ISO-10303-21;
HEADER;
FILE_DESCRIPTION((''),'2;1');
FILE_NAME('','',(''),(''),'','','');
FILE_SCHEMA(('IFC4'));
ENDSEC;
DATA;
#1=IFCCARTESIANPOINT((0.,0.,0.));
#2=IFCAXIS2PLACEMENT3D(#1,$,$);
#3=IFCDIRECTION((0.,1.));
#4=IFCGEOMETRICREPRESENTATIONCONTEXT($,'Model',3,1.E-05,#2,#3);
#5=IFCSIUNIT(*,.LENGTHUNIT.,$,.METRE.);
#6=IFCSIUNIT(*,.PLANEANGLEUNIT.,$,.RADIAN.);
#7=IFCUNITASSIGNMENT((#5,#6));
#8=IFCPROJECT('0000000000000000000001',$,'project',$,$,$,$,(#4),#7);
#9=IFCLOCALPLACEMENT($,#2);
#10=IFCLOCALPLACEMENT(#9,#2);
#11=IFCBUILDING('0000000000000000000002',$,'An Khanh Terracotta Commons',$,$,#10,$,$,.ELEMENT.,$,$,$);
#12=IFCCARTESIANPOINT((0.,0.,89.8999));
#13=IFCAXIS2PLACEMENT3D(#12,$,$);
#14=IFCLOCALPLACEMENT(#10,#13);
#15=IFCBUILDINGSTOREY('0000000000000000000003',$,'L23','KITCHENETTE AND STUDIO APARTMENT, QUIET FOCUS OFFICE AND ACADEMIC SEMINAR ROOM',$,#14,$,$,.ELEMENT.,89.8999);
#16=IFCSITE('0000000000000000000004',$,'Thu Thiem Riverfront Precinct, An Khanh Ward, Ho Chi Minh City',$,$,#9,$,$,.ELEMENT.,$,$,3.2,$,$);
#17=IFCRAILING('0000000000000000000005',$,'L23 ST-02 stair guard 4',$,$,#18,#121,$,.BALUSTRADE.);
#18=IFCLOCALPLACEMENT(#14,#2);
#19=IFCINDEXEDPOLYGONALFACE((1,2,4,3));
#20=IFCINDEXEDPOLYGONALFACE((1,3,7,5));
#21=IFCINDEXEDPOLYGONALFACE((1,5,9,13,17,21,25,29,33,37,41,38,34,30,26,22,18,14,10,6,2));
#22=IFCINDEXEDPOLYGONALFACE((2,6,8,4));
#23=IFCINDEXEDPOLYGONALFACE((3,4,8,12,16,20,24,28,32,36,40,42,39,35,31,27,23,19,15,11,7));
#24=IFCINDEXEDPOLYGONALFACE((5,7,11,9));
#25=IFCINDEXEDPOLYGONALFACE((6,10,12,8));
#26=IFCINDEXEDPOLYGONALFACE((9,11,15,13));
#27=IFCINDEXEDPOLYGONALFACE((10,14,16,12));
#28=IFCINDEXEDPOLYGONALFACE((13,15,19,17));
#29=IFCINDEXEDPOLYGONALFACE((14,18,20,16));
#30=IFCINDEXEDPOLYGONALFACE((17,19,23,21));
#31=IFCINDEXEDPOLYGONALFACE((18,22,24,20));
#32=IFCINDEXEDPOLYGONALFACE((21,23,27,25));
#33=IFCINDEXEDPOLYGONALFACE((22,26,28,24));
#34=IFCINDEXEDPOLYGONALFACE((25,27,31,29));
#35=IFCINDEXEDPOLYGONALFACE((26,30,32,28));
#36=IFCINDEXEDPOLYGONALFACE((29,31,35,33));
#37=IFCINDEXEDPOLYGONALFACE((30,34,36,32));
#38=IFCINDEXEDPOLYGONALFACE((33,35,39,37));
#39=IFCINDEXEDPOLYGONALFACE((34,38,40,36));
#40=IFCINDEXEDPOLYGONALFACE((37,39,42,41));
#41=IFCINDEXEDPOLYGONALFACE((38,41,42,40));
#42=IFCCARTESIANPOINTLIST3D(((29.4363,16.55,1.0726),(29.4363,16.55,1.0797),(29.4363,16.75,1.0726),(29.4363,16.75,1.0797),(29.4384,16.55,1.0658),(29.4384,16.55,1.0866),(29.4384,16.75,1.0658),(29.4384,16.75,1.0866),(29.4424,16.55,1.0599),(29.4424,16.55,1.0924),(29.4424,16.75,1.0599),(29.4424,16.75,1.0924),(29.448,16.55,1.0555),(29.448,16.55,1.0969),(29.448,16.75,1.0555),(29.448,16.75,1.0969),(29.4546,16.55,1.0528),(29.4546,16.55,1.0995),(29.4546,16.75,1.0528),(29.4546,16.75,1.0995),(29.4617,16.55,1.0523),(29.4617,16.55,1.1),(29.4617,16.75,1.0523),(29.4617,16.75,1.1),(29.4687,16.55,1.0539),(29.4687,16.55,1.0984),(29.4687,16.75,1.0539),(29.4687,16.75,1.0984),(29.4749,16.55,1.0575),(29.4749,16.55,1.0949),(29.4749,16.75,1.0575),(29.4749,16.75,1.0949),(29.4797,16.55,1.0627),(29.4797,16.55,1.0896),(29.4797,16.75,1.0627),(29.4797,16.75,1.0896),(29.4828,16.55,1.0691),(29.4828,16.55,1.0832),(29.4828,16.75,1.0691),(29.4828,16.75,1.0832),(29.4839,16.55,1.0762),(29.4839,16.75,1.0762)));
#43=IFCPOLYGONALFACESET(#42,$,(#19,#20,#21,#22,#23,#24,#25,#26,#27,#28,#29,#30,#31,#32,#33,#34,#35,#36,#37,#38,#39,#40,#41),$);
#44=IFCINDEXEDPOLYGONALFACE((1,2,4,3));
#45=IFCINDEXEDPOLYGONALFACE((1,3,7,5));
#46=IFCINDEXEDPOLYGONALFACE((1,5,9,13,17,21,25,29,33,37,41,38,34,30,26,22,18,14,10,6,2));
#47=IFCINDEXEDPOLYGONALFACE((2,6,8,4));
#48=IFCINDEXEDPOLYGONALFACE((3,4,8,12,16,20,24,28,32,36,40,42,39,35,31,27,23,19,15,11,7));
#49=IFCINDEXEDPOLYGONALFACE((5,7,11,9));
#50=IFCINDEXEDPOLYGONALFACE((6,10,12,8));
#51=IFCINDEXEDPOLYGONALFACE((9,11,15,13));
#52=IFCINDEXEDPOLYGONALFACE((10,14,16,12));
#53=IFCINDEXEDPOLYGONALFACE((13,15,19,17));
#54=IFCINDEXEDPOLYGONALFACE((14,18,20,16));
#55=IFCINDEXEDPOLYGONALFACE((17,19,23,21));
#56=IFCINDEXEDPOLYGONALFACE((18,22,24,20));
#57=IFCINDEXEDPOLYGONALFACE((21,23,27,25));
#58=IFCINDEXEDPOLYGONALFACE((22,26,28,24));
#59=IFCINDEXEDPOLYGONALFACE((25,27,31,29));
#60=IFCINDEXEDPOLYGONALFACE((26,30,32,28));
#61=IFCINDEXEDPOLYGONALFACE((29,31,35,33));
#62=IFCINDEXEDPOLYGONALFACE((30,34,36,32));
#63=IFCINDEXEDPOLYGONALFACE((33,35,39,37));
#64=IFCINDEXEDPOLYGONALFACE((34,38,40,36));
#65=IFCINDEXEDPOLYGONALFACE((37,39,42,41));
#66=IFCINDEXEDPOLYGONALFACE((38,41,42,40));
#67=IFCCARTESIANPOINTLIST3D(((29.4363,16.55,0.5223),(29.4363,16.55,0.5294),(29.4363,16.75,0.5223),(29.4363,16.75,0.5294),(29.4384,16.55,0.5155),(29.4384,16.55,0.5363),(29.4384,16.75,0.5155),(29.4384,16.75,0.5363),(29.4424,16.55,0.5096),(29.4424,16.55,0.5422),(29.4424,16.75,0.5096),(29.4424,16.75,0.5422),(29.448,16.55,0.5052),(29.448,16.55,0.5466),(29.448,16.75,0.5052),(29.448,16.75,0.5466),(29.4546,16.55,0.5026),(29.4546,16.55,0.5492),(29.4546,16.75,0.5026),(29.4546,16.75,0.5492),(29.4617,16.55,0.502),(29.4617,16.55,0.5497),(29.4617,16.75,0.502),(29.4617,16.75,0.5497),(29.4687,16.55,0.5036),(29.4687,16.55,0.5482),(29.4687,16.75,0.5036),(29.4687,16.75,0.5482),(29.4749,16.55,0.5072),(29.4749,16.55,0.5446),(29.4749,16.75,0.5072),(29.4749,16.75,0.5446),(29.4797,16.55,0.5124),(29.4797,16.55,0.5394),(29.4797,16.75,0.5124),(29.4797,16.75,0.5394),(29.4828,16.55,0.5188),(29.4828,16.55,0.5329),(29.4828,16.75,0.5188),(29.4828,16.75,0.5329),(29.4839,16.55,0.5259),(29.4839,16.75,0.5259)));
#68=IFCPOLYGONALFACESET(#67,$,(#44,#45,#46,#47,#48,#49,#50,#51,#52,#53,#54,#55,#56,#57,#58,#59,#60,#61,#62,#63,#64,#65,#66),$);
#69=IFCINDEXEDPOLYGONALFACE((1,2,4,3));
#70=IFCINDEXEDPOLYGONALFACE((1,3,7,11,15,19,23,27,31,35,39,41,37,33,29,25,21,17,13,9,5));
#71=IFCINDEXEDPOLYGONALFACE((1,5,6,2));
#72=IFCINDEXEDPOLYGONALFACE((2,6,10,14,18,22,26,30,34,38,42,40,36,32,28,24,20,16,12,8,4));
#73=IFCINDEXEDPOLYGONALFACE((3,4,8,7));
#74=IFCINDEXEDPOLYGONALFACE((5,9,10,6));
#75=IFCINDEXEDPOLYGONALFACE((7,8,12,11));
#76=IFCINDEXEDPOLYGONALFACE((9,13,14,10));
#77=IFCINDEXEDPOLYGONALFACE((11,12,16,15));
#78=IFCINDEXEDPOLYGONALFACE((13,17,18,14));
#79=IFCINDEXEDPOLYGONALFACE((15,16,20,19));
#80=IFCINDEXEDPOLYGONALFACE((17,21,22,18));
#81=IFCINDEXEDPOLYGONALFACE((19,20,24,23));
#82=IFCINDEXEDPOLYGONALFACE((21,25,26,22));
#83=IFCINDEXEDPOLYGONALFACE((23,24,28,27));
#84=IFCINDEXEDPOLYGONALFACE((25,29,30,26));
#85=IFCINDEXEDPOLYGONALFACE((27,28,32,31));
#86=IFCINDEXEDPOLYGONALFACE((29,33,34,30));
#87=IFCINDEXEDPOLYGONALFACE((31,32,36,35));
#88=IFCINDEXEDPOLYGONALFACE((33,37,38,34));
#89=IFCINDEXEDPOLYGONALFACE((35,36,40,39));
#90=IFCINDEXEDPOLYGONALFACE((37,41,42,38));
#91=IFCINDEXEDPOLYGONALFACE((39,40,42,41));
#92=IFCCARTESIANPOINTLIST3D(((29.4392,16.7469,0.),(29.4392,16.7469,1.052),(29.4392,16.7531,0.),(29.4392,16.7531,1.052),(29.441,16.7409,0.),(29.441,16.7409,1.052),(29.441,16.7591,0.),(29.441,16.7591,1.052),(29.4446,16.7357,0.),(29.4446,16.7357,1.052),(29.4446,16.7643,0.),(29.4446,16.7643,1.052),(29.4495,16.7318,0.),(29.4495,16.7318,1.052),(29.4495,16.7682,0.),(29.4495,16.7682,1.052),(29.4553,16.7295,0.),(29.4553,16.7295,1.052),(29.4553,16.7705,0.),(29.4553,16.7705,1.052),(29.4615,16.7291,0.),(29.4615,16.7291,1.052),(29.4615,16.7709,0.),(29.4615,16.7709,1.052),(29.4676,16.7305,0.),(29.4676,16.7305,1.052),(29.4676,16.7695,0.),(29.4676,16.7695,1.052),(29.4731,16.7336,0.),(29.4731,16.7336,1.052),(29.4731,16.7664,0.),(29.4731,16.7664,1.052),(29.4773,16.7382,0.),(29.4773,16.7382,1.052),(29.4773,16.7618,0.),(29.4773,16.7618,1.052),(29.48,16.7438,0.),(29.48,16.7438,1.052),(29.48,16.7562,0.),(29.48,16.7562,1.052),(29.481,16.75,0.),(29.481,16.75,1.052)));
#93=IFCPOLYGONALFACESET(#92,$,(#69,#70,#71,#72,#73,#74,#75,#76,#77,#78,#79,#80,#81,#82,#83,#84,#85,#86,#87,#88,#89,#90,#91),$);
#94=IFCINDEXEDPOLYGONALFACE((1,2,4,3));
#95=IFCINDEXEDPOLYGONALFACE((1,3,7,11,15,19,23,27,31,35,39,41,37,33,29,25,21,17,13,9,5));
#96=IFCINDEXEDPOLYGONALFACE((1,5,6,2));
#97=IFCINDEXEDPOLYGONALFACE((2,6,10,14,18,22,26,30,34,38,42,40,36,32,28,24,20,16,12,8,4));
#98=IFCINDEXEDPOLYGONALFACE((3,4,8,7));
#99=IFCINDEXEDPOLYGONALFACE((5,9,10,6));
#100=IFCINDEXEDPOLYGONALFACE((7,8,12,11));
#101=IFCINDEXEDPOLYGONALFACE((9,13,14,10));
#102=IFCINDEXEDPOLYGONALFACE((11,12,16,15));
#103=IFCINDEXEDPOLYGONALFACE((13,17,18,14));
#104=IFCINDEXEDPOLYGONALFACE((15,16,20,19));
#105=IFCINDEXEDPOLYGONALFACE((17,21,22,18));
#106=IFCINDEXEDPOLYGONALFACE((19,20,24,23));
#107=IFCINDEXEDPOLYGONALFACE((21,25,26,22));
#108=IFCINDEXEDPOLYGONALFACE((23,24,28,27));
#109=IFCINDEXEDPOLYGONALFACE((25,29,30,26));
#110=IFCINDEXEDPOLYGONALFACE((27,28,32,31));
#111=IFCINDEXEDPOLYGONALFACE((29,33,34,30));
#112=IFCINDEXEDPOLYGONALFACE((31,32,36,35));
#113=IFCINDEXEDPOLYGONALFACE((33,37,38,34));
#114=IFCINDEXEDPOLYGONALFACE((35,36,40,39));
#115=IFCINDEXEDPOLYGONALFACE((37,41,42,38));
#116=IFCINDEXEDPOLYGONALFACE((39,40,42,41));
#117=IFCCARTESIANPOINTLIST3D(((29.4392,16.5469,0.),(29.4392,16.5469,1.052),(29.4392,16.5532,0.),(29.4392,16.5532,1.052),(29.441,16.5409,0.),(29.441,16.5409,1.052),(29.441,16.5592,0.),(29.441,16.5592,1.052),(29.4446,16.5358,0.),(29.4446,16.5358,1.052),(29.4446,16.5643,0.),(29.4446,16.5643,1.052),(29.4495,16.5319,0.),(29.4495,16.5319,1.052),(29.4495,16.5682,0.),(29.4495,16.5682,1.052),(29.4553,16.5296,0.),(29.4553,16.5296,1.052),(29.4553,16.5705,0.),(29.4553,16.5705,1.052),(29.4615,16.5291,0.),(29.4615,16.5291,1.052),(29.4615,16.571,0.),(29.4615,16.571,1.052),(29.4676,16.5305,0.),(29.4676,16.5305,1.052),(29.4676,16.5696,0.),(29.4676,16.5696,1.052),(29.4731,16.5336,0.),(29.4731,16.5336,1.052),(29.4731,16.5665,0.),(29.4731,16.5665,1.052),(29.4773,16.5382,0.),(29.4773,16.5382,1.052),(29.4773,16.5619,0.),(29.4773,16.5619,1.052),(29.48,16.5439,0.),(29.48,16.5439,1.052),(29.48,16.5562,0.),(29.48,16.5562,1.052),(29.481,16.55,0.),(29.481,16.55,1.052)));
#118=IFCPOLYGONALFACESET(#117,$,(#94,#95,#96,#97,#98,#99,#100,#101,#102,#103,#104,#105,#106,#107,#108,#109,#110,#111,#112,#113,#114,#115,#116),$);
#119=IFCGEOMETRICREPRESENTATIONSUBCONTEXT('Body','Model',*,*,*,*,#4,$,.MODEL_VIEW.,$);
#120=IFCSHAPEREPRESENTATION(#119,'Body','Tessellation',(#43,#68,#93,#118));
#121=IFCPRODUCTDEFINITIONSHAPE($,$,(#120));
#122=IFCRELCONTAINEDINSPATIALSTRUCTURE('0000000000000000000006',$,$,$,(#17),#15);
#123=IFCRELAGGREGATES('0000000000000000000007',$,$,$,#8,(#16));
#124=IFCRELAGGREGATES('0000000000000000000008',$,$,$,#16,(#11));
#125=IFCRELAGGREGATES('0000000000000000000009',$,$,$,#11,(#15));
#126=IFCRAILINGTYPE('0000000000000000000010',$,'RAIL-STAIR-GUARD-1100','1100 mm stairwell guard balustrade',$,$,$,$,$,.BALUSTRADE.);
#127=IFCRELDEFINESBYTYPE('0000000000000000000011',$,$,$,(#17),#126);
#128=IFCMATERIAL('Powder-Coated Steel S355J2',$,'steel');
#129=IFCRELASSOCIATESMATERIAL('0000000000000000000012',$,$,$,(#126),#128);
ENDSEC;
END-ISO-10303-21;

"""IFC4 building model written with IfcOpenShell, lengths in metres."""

from ifc_helpers import new_model, si_unit, direction, frame, origin, origin_2d, place, context, subcontext, project, spatial, circle, extrude, material, type_object, element, save


model = new_model("IFC4")

# Units and contexts
model_context = context("Model", 3, precision=1e-05, world=origin(), true_north=direction((0.0, 1.0)))
body_context = subcontext(model_context, "Body", "Model", "MODEL_VIEW")
ifc_project = project(units=[si_unit("LENGTHUNIT", "METRE"), si_unit("PLANEANGLEUNIT", "RADIAN")], contexts=[model_context])

# Site, building, storey
site_placement = place(None, origin())
site = spatial("IfcSite", under=ifc_project, at=site_placement, Name="Thu Thiem Riverfront Precinct, An Khanh Ward, Ho Chi Minh City", CompositionType="ELEMENT", RefElevation=3.2)
building_placement = place(site_placement, origin())
building = spatial("IfcBuilding", under=site, at=building_placement, Name="An Khanh Terracotta Commons", CompositionType="ELEMENT")
storey_placement = place(building_placement, frame((0.0, 0.0, 89.8999)))
storey = spatial("IfcBuildingStorey", under=building, at=storey_placement, Name="L23", Description="KITCHENETTE AND STUDIO APARTMENT, QUIET FOCUS OFFICE AND ACADEMIC SEMINAR ROOM", CompositionType="ELEMENT", Elevation=89.8999)

# Railing
ifc_material_1 = material(Name="Powder-Coated Steel S355J2", Category="steel")
railing_type_1 = type_object("IfcRailingType", Name="RAIL-STAIR-GUARD-1100", Description="1100 mm stairwell guard balustrade", PredefinedType="BALUSTRADE", material=ifc_material_1)
railing_1_placement = place(storey_placement, frame((29.46, 16.75, 0.0)))
element("IfcRailing", 1, at=railing_1_placement, inside=storey, type_object=railing_type_1, Name="L23 ST-02 stair guard 4", PredefinedType="BALUSTRADE", context=body_context, shape_type="SweptSolid", body=[
    extrude(circle(Radius=0.0239, at=origin_2d()), frame((0.0, 0.0, 1.0762), z_axis=(0.0, -1.0, 0.0), x_axis=(1.0, 0.0, 0.0)), (0.0, 0.0, 1.0), 0.2),
    extrude(circle(Radius=0.0239, at=origin_2d()), frame((0.0, 0.0, 0.5259), z_axis=(0.0, -1.0, 0.0), x_axis=(1.0, 0.0, 0.0)), (0.0, 0.0, 1.0), 0.2),
    extrude(circle(Radius=0.021, at=origin_2d()), origin(), (0.0, 0.0, 1.0), 1.052),
    extrude(circle(Radius=0.021, at=origin_2d()), frame((0.0, -0.2, 0.0)), (0.0, 0.0, 1.0), 1.052),
])

save(model, "model.ifc")
